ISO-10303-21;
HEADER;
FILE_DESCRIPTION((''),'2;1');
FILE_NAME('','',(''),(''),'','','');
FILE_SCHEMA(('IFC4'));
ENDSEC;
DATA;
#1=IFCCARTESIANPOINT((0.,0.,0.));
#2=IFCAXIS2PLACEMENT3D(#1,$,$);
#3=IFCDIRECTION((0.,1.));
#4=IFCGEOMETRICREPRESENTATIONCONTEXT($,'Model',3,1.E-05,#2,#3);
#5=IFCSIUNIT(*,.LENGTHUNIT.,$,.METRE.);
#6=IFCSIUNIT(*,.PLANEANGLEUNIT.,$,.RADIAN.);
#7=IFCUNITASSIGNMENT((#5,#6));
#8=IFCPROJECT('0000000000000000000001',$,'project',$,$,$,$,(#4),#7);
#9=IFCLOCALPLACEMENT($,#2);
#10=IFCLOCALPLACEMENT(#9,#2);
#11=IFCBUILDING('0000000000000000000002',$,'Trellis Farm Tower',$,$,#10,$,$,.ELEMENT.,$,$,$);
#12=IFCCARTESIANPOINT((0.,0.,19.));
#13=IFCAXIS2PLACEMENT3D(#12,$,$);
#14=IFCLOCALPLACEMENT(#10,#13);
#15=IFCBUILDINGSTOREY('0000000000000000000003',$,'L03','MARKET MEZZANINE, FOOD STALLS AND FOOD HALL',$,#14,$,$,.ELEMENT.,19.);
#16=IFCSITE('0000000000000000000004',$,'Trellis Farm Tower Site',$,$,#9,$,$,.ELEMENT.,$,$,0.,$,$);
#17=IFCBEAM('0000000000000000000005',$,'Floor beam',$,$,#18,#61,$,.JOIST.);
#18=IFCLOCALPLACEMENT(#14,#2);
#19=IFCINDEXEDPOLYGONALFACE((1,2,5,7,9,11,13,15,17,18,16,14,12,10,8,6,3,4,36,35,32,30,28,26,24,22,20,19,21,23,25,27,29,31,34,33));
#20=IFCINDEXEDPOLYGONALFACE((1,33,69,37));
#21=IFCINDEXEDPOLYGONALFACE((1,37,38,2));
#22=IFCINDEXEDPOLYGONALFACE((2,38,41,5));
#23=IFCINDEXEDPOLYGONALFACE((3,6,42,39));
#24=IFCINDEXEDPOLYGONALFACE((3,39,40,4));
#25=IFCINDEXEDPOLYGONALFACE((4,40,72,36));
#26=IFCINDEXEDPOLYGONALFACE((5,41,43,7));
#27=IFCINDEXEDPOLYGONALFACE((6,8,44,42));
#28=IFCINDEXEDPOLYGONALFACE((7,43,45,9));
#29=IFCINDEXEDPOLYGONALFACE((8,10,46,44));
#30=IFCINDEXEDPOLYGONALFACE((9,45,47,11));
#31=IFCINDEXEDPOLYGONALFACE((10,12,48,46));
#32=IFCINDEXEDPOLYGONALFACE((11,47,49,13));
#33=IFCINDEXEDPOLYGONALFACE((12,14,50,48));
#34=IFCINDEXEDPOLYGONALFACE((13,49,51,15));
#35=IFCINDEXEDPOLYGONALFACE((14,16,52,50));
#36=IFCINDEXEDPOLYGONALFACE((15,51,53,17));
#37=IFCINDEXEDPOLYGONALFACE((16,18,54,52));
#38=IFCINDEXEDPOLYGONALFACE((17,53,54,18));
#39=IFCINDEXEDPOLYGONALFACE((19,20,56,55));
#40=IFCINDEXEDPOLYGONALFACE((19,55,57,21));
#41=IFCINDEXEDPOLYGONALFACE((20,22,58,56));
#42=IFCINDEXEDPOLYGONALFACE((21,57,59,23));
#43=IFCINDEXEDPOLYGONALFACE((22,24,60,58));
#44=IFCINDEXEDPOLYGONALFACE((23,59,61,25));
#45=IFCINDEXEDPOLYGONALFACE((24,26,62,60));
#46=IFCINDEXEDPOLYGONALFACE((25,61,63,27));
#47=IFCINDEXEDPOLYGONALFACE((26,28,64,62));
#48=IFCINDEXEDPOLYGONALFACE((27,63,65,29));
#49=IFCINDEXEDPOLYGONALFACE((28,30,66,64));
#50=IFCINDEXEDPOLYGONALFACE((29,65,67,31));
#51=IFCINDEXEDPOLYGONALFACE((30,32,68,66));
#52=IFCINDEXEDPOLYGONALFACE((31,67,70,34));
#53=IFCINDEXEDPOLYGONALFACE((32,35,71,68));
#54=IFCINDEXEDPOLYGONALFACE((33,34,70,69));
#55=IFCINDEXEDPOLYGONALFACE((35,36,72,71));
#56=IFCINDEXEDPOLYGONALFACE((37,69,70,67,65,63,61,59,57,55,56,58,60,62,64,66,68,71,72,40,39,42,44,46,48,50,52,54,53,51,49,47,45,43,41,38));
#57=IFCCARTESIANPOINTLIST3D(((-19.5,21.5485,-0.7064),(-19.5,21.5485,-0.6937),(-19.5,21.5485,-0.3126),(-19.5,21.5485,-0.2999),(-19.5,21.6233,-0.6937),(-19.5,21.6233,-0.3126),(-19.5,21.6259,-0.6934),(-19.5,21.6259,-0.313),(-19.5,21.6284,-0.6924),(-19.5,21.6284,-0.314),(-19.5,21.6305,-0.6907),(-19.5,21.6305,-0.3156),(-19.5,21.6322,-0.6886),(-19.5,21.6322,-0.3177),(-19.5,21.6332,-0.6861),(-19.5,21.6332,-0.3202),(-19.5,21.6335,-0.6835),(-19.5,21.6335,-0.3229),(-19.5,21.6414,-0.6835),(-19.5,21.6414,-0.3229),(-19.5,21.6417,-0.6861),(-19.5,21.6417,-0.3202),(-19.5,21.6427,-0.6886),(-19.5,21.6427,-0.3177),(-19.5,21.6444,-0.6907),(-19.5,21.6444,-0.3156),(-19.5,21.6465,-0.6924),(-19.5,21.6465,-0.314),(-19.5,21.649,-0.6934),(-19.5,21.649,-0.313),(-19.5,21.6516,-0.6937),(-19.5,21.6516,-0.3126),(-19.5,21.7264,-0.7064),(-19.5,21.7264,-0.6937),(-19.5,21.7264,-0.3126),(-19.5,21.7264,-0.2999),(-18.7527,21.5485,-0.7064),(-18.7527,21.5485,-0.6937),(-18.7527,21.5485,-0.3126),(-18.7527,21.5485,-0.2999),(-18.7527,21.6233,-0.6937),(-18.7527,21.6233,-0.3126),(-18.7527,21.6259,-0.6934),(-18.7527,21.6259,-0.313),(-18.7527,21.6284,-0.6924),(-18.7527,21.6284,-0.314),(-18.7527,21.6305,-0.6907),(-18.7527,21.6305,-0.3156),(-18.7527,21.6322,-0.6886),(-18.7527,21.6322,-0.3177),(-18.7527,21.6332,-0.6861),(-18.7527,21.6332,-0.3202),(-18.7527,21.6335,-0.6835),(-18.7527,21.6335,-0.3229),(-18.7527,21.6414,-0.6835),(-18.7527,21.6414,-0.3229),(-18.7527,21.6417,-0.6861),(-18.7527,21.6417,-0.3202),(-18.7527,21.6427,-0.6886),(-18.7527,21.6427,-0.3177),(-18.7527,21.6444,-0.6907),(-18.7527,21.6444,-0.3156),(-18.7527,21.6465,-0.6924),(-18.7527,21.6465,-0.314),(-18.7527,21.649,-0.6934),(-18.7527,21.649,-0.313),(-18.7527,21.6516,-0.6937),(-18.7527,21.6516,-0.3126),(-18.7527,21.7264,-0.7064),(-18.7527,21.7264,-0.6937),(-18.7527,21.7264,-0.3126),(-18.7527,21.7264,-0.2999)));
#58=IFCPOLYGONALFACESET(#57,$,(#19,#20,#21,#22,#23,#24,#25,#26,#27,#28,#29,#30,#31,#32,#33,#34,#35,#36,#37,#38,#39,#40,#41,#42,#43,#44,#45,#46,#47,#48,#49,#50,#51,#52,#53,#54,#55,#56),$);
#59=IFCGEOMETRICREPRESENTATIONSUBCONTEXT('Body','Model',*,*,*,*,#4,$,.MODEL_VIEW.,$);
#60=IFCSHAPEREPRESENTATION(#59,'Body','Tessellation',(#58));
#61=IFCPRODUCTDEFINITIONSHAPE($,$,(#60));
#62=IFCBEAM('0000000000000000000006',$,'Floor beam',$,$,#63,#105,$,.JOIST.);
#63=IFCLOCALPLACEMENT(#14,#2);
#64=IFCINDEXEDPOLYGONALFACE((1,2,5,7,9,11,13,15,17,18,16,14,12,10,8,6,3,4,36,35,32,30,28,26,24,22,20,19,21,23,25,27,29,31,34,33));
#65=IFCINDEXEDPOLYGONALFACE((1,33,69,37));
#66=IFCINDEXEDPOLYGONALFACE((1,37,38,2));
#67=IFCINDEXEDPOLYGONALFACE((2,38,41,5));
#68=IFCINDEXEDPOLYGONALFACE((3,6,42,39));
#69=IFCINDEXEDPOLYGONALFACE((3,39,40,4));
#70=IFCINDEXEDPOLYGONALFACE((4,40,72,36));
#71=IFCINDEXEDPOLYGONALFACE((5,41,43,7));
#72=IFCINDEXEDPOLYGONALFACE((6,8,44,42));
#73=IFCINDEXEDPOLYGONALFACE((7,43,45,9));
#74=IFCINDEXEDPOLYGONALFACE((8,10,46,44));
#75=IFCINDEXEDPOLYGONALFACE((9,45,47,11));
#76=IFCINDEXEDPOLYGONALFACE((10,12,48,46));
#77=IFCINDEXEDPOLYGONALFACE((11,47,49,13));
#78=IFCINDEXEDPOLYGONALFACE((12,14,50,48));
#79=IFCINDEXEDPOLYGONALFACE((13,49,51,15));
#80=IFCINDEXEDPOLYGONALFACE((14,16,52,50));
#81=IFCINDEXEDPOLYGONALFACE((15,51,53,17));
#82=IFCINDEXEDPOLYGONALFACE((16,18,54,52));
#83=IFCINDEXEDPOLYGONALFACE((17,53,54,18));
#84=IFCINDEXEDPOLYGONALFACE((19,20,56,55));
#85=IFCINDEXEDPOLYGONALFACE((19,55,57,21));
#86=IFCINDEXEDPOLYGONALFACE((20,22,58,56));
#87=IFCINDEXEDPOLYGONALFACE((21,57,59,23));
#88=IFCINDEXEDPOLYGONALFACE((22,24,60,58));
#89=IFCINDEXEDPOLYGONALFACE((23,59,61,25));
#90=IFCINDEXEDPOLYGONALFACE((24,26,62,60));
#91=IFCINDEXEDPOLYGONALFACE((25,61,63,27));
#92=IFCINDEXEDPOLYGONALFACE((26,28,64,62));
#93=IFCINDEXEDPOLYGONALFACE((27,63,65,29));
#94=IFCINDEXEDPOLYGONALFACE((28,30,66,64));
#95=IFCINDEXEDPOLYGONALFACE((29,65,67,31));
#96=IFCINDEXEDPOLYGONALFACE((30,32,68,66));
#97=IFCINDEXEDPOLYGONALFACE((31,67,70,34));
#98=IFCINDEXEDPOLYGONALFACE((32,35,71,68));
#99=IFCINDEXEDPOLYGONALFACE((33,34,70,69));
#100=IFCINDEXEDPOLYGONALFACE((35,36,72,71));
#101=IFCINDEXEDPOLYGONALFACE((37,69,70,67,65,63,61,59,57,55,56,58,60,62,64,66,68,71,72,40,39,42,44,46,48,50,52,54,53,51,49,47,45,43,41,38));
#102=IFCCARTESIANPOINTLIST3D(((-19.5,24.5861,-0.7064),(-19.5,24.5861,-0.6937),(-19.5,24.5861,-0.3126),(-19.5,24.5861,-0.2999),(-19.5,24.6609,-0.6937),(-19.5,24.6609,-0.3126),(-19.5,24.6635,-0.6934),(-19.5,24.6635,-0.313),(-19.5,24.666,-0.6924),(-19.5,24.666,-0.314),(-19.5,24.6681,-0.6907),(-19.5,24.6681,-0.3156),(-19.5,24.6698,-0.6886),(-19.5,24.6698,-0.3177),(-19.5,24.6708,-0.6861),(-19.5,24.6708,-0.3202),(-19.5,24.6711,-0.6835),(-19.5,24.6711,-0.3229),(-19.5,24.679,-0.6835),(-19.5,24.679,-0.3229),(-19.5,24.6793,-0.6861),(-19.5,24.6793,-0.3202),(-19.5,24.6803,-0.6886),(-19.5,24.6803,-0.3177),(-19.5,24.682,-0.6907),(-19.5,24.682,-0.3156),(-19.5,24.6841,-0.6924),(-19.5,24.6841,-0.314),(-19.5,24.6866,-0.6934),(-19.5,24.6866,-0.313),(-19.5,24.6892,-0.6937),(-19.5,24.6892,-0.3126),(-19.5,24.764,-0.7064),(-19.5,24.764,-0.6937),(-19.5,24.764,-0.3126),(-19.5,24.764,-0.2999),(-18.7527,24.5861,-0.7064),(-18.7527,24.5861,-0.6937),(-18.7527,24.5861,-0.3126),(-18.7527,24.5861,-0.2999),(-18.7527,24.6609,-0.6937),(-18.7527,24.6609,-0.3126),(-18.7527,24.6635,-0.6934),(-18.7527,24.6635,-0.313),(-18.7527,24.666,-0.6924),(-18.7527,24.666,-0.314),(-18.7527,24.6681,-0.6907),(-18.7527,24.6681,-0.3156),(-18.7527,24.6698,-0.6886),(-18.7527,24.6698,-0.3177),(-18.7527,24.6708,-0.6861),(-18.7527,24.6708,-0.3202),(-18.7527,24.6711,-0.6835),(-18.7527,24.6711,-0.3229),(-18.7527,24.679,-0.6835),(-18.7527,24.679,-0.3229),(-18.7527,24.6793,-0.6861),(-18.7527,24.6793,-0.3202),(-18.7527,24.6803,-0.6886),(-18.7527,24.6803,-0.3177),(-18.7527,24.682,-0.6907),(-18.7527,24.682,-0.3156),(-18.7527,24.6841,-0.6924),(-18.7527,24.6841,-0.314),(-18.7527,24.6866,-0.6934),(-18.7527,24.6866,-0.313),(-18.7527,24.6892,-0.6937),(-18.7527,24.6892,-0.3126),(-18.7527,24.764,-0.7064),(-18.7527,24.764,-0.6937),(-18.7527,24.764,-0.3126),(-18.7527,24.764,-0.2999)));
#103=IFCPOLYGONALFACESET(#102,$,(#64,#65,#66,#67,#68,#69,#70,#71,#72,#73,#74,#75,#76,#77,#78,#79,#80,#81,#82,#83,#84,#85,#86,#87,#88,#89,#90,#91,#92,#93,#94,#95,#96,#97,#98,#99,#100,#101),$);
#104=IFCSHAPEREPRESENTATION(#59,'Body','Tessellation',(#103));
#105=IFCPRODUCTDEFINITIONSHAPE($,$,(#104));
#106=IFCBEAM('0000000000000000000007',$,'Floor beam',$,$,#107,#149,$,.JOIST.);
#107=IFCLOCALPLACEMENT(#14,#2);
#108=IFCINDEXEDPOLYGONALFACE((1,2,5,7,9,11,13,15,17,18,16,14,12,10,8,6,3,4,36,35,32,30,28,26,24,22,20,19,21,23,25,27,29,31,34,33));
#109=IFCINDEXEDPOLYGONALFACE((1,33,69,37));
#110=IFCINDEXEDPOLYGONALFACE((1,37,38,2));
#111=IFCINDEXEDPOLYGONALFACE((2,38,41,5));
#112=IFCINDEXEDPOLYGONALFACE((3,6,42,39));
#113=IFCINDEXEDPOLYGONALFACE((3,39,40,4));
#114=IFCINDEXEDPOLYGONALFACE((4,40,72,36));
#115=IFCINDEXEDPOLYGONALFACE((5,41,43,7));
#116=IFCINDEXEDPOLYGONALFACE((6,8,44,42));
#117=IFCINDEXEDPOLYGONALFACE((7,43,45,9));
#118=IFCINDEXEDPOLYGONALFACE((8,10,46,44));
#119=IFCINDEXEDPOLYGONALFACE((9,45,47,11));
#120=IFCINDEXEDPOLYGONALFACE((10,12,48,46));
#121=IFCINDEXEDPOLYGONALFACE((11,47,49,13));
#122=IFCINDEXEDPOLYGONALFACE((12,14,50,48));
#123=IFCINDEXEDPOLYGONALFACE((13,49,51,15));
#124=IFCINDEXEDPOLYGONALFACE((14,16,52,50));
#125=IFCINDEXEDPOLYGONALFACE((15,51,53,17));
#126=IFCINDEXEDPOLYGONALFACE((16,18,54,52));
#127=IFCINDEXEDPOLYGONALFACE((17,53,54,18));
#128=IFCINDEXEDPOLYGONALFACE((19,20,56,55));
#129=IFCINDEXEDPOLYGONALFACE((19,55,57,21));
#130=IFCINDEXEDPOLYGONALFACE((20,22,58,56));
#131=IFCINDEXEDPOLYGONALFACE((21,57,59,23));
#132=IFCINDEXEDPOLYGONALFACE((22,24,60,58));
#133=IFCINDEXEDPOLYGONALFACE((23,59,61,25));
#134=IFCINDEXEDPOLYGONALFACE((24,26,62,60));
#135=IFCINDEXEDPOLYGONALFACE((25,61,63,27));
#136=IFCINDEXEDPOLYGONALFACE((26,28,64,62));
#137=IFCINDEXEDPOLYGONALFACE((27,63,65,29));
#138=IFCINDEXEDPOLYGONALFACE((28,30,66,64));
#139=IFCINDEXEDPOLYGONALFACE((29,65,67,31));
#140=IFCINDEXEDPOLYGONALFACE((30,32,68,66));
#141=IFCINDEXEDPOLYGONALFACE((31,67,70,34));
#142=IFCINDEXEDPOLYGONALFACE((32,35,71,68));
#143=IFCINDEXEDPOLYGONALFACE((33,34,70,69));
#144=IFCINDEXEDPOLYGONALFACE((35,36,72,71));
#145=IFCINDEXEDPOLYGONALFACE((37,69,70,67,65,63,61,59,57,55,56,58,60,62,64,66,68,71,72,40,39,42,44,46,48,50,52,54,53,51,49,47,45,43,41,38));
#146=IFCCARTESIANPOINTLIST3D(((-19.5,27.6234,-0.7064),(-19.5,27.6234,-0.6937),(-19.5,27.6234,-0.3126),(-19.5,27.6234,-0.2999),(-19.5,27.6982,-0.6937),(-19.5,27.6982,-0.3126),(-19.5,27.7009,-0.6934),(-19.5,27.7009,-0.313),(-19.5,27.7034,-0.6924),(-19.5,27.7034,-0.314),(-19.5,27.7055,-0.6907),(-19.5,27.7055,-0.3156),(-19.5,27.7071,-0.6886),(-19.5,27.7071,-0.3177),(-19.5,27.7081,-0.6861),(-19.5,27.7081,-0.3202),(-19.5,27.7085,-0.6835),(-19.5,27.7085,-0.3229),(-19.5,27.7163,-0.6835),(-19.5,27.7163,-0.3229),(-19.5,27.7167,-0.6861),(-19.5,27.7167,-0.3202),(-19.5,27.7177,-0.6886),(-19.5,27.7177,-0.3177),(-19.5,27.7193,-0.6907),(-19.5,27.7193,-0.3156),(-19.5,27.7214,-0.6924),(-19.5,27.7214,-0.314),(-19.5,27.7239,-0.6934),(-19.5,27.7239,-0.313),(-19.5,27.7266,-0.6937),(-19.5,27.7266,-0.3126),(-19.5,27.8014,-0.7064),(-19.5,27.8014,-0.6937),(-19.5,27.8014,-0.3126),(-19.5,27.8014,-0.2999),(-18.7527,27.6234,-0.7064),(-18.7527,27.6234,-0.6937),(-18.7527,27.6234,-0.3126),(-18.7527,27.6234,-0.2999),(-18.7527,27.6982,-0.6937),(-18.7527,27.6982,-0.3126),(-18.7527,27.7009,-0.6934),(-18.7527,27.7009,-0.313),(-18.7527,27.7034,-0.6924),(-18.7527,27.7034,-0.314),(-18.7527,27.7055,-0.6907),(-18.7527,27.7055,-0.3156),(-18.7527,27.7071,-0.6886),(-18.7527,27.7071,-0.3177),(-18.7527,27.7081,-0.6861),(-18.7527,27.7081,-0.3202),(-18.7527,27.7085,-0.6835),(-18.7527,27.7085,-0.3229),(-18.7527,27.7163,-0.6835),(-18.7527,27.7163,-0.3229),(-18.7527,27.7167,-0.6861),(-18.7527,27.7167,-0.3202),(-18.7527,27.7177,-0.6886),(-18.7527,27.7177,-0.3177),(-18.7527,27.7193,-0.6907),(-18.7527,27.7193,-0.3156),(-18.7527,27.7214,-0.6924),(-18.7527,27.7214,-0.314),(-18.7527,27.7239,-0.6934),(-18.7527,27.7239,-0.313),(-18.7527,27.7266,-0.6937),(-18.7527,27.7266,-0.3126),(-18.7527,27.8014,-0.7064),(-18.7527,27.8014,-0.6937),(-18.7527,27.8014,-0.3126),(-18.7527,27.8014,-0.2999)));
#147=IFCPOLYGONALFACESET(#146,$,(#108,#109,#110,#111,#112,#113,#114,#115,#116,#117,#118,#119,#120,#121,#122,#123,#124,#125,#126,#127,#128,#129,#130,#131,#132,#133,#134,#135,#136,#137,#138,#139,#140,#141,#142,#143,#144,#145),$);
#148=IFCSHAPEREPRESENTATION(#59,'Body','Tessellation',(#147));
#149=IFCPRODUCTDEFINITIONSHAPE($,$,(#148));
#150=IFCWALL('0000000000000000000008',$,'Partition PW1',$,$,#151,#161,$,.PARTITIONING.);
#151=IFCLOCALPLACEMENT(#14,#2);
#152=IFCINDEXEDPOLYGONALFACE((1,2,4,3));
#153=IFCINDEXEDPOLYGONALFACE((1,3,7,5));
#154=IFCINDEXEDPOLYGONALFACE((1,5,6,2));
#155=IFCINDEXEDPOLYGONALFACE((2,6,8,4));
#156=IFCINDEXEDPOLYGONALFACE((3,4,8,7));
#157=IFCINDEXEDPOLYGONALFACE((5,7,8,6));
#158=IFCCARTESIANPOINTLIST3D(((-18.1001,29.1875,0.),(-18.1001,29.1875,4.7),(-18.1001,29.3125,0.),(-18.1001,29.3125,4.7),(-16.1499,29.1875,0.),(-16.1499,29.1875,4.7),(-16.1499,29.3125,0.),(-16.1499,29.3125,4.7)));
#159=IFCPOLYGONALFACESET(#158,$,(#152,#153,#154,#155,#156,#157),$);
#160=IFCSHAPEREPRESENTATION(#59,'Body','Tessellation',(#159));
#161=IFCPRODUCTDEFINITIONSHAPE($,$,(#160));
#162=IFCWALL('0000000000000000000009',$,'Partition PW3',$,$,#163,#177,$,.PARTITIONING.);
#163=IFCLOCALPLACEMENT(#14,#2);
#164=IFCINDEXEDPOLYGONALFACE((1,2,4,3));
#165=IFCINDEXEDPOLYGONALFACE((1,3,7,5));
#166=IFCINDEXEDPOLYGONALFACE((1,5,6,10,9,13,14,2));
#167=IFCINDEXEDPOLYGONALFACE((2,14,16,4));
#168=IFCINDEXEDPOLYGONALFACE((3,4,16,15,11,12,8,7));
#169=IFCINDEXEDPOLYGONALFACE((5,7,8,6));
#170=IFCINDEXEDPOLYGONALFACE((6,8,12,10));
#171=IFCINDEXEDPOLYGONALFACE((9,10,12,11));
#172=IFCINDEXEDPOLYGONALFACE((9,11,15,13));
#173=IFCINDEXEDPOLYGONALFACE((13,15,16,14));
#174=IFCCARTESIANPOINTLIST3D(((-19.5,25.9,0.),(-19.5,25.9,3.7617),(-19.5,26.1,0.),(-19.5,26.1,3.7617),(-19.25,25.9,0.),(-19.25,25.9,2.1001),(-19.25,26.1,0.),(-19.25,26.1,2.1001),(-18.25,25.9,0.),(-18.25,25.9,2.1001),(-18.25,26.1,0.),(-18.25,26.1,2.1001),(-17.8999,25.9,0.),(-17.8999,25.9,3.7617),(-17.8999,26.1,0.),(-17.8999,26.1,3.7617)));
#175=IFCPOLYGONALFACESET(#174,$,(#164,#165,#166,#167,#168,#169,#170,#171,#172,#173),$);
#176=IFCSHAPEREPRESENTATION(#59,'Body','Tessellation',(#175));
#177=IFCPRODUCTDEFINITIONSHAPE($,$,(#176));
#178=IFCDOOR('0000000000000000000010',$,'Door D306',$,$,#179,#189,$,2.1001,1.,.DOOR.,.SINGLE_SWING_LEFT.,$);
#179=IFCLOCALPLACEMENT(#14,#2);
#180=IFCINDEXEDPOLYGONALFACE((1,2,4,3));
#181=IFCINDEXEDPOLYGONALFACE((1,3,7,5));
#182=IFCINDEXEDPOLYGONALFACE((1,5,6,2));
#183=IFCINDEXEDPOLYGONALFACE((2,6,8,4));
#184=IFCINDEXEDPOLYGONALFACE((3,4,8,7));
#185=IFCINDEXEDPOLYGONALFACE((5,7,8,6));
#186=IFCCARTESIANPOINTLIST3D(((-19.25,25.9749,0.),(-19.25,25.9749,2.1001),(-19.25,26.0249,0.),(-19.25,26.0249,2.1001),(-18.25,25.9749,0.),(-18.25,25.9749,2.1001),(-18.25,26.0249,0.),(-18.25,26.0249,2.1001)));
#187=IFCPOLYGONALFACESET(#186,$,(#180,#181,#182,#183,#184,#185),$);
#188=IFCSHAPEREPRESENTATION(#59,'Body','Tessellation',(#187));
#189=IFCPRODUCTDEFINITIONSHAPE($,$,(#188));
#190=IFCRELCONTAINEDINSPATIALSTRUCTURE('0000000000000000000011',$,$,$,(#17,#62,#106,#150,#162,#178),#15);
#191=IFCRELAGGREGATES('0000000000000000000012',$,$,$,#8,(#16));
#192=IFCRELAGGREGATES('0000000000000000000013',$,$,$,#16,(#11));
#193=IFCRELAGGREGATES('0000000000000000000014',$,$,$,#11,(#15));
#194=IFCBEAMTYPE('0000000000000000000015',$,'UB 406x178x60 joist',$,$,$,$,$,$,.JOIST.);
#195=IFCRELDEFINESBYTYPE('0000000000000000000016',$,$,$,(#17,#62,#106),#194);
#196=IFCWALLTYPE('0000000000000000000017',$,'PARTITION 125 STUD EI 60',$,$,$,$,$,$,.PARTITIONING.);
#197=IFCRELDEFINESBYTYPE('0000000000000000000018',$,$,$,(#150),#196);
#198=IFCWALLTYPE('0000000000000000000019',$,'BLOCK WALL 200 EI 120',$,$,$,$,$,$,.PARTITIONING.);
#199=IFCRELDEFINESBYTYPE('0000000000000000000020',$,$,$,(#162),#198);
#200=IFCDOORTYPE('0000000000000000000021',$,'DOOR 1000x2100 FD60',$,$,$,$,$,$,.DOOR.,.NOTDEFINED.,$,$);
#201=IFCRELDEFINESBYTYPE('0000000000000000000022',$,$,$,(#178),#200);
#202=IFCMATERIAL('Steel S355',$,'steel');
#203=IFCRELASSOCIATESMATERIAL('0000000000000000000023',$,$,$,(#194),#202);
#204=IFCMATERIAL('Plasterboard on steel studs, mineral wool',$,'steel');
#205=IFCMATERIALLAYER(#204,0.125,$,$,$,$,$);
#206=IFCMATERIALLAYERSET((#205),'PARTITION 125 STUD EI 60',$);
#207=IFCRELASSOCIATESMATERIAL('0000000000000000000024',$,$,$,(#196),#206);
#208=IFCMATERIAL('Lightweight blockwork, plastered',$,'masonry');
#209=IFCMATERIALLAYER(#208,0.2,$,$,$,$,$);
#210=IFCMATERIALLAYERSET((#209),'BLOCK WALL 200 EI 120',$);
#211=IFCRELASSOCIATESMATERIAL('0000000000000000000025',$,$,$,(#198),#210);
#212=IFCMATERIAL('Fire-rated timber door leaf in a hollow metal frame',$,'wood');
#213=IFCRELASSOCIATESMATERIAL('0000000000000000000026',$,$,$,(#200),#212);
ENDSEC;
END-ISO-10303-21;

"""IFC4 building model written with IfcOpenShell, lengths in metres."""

from ifc_helpers import new_model, si_unit, direction, frame, frame_2d, origin, origin_2d, place, context, subcontext, project, spatial, rectangle, i_section, extrude, source, transform, mapped, material, layer, layer_set, material_profile, profile_set, type_object, element, fill, save


model = new_model("IFC4")

# Units and contexts
model_context = context("Model", 3, precision=1e-05, world=origin(), true_north=direction((0.0, 1.0)))
body_context = subcontext(model_context, "Body", "Model", "MODEL_VIEW")
ifc_project = project(units=[si_unit("LENGTHUNIT", "METRE"), si_unit("PLANEANGLEUNIT", "RADIAN")], contexts=[model_context])

# Site, building, storey
site_placement = place(None, origin())
site = spatial("IfcSite", under=ifc_project, at=site_placement, Name="Trellis Farm Tower Site", CompositionType="ELEMENT", RefElevation=0.0)
building_placement = place(site_placement, origin())
building = spatial("IfcBuilding", under=site, at=building_placement, Name="Trellis Farm Tower", CompositionType="ELEMENT")
storey_placement = place(building_placement, frame((0.0, 0.0, 19.0)))
storey = spatial("IfcBuildingStorey", under=building, at=storey_placement, Name="L03", Description="MARKET MEZZANINE, FOOD STALLS AND FOOD HALL", CompositionType="ELEMENT", Elevation=19.0)

# Beams
ifc_material_1 = material(Name="Steel S355", Category="steel")
ifc_material_profile_1 = material_profile(ifc_material_1, i_section(OverallWidth=0.178, OverallDepth=0.4065, WebThickness=0.0078, FlangeThickness=0.0127, FilletRadius=0.0103, at=origin_2d()), Name="UB 406x178x60")
ifc_profile_set_1 = profile_set([ifc_material_profile_1], Name="Steel S355")
beam_type_1 = type_object("IfcBeamType", Name="UB 406x178x60 joist", PredefinedType="JOIST", material=ifc_profile_set_1)
shared_shape_1 = source(origin(), body_context, "Body", "SweptSolid", [
    extrude(i_section(OverallWidth=0.178, OverallDepth=0.4065, WebThickness=0.0078, FlangeThickness=0.0127, FilletRadius=0.0103, at=origin_2d()), origin(), (0.0, 0.0, 1.0), 0.7473),
])
for number, where, z_axis, x_axis, name in (
    (1, (-19.5, 21.6375, -0.5032), (1.0, 0.0, 0.0), (0.0, 1.0, 0.0), "Floor beam"),
    (2, (-19.5, 24.675, -0.5032), (1.0, 0.0, 0.0), (0.0, 1.0, 0.0), "Floor beam"),
    (3, (-19.5, 27.7124, -0.5032), (1.0, 0.0, 0.0), (0.0, 1.0, 0.0), "Floor beam"),
):
    element("IfcBeam", number, at=place(storey_placement, frame(where, z_axis=z_axis, x_axis=x_axis)), inside=storey, type_object=beam_type_1, Name=name, PredefinedType="JOIST", context=body_context, shape_type="MappedRepresentation", body=[
        mapped(shared_shape_1, transform((0.0, 0.0, 0.0))),
    ])

# Wall
ifc_material_2 = material(Name="Plasterboard on steel studs, mineral wool", Category="steel")
ifc_layer_1 = layer(ifc_material_2, 0.125)
ifc_layer_set_1 = layer_set([ifc_layer_1], Name="PARTITION 125 STUD EI 60")
wall_type_1 = type_object("IfcWallType", Name="PARTITION 125 STUD EI 60", PredefinedType="PARTITIONING", material=ifc_layer_set_1)
shared_shape_2 = source(origin(), body_context, "Body", "SweptSolid", [
    extrude(rectangle(XDim=1.9502, YDim=0.125, at=frame_2d((0.9751, 0.0))), origin(), (0.0, 0.0, 1.0), 4.7),
])
wall_1_placement = place(storey_placement, frame((-18.1001, 29.25, 0.0), z_axis=(0.0, 0.0, 1.0), x_axis=(1.0, 0.0, 0.0)))
element("IfcWall", 4, at=wall_1_placement, inside=storey, type_object=wall_type_1, Name="Partition PW1", PredefinedType="PARTITIONING", context=body_context, shape_type="MappedRepresentation", body=[
    mapped(shared_shape_2, transform((0.0, 0.0, 0.0))),
])

# Wall, opening, door
ifc_material_3 = material(Name="Lightweight blockwork, plastered", Category="masonry")
ifc_layer_2 = layer(ifc_material_3, 0.2)
ifc_layer_set_2 = layer_set([ifc_layer_2], Name="BLOCK WALL 200 EI 120")
wall_type_2 = type_object("IfcWallType", Name="BLOCK WALL 200 EI 120", PredefinedType="PARTITIONING", material=ifc_layer_set_2)
shared_shape_3 = source(origin(), body_context, "Body", "SweptSolid", [
    extrude(rectangle(XDim=1.6001, YDim=0.2, at=frame_2d((0.8, 0.0))), origin(), (0.0, 0.0, 1.0), 3.7617),
])
wall_2_placement = place(storey_placement, frame((-19.5, 26.0, 0.0), z_axis=(0.0, 0.0, 1.0), x_axis=(1.0, 0.0, 0.0)))
wall_2 = element("IfcWall", 5, at=wall_2_placement, inside=storey, type_object=wall_type_2, Name="Partition PW3", PredefinedType="PARTITIONING", context=body_context, shape_type="MappedRepresentation", body=[
    mapped(shared_shape_3, transform((0.0, 0.0, 0.0))),
])
shared_shape_4 = source(origin(), body_context, "Body", "SweptSolid", [
    extrude(rectangle(XDim=1.0, YDim=2.1001, at=frame_2d((0.5, 1.05))), frame((0.0, 0.1101, 0.0), z_axis=(0.0, -1.0, 0.0), x_axis=(1.0, 0.0, 0.0)), (0.0, 0.0, 1.0), 0.2202),
])
opening_placement = place(wall_2_placement, frame((0.25, 0.0, 0.0)))
opening = element("IfcOpeningElement", 6, at=opening_placement, cuts=wall_2, PredefinedType="OPENING", context=body_context, shape_type="MappedRepresentation", body=[
    mapped(shared_shape_4, transform((0.0, 0.0, 0.0))),
])
ifc_material_4 = material(Name="Fire-rated timber door leaf in a hollow metal frame", Category="wood")
door_type = type_object("IfcDoorType", Name="DOOR 1000x2100 FD60", OperationType="NOTDEFINED", PredefinedType="DOOR", material=ifc_material_4)
shared_shape_5 = source(origin(), body_context, "Body", "SweptSolid", [
    extrude(rectangle(XDim=1.0, YDim=2.1001, at=frame_2d((0.5, 1.05))), frame((0.0, 0.0249, 0.0), z_axis=(0.0, -1.0, 0.0), x_axis=(1.0, 0.0, 0.0)), (0.0, 0.0, 1.0), 0.05),
])
door_placement = place(opening_placement, origin())
door = element("IfcDoor", 7, at=door_placement, inside=storey, type_object=door_type, Name="Door D306", OperationType="SINGLE_SWING_LEFT", OverallHeight=2.1001, OverallWidth=1.0, PredefinedType="DOOR", context=body_context, shape_type="MappedRepresentation", body=[
    mapped(shared_shape_5, transform((0.0, 0.0, 0.0))),
])
fill(opening, door)

save(model, "model.ifc")
